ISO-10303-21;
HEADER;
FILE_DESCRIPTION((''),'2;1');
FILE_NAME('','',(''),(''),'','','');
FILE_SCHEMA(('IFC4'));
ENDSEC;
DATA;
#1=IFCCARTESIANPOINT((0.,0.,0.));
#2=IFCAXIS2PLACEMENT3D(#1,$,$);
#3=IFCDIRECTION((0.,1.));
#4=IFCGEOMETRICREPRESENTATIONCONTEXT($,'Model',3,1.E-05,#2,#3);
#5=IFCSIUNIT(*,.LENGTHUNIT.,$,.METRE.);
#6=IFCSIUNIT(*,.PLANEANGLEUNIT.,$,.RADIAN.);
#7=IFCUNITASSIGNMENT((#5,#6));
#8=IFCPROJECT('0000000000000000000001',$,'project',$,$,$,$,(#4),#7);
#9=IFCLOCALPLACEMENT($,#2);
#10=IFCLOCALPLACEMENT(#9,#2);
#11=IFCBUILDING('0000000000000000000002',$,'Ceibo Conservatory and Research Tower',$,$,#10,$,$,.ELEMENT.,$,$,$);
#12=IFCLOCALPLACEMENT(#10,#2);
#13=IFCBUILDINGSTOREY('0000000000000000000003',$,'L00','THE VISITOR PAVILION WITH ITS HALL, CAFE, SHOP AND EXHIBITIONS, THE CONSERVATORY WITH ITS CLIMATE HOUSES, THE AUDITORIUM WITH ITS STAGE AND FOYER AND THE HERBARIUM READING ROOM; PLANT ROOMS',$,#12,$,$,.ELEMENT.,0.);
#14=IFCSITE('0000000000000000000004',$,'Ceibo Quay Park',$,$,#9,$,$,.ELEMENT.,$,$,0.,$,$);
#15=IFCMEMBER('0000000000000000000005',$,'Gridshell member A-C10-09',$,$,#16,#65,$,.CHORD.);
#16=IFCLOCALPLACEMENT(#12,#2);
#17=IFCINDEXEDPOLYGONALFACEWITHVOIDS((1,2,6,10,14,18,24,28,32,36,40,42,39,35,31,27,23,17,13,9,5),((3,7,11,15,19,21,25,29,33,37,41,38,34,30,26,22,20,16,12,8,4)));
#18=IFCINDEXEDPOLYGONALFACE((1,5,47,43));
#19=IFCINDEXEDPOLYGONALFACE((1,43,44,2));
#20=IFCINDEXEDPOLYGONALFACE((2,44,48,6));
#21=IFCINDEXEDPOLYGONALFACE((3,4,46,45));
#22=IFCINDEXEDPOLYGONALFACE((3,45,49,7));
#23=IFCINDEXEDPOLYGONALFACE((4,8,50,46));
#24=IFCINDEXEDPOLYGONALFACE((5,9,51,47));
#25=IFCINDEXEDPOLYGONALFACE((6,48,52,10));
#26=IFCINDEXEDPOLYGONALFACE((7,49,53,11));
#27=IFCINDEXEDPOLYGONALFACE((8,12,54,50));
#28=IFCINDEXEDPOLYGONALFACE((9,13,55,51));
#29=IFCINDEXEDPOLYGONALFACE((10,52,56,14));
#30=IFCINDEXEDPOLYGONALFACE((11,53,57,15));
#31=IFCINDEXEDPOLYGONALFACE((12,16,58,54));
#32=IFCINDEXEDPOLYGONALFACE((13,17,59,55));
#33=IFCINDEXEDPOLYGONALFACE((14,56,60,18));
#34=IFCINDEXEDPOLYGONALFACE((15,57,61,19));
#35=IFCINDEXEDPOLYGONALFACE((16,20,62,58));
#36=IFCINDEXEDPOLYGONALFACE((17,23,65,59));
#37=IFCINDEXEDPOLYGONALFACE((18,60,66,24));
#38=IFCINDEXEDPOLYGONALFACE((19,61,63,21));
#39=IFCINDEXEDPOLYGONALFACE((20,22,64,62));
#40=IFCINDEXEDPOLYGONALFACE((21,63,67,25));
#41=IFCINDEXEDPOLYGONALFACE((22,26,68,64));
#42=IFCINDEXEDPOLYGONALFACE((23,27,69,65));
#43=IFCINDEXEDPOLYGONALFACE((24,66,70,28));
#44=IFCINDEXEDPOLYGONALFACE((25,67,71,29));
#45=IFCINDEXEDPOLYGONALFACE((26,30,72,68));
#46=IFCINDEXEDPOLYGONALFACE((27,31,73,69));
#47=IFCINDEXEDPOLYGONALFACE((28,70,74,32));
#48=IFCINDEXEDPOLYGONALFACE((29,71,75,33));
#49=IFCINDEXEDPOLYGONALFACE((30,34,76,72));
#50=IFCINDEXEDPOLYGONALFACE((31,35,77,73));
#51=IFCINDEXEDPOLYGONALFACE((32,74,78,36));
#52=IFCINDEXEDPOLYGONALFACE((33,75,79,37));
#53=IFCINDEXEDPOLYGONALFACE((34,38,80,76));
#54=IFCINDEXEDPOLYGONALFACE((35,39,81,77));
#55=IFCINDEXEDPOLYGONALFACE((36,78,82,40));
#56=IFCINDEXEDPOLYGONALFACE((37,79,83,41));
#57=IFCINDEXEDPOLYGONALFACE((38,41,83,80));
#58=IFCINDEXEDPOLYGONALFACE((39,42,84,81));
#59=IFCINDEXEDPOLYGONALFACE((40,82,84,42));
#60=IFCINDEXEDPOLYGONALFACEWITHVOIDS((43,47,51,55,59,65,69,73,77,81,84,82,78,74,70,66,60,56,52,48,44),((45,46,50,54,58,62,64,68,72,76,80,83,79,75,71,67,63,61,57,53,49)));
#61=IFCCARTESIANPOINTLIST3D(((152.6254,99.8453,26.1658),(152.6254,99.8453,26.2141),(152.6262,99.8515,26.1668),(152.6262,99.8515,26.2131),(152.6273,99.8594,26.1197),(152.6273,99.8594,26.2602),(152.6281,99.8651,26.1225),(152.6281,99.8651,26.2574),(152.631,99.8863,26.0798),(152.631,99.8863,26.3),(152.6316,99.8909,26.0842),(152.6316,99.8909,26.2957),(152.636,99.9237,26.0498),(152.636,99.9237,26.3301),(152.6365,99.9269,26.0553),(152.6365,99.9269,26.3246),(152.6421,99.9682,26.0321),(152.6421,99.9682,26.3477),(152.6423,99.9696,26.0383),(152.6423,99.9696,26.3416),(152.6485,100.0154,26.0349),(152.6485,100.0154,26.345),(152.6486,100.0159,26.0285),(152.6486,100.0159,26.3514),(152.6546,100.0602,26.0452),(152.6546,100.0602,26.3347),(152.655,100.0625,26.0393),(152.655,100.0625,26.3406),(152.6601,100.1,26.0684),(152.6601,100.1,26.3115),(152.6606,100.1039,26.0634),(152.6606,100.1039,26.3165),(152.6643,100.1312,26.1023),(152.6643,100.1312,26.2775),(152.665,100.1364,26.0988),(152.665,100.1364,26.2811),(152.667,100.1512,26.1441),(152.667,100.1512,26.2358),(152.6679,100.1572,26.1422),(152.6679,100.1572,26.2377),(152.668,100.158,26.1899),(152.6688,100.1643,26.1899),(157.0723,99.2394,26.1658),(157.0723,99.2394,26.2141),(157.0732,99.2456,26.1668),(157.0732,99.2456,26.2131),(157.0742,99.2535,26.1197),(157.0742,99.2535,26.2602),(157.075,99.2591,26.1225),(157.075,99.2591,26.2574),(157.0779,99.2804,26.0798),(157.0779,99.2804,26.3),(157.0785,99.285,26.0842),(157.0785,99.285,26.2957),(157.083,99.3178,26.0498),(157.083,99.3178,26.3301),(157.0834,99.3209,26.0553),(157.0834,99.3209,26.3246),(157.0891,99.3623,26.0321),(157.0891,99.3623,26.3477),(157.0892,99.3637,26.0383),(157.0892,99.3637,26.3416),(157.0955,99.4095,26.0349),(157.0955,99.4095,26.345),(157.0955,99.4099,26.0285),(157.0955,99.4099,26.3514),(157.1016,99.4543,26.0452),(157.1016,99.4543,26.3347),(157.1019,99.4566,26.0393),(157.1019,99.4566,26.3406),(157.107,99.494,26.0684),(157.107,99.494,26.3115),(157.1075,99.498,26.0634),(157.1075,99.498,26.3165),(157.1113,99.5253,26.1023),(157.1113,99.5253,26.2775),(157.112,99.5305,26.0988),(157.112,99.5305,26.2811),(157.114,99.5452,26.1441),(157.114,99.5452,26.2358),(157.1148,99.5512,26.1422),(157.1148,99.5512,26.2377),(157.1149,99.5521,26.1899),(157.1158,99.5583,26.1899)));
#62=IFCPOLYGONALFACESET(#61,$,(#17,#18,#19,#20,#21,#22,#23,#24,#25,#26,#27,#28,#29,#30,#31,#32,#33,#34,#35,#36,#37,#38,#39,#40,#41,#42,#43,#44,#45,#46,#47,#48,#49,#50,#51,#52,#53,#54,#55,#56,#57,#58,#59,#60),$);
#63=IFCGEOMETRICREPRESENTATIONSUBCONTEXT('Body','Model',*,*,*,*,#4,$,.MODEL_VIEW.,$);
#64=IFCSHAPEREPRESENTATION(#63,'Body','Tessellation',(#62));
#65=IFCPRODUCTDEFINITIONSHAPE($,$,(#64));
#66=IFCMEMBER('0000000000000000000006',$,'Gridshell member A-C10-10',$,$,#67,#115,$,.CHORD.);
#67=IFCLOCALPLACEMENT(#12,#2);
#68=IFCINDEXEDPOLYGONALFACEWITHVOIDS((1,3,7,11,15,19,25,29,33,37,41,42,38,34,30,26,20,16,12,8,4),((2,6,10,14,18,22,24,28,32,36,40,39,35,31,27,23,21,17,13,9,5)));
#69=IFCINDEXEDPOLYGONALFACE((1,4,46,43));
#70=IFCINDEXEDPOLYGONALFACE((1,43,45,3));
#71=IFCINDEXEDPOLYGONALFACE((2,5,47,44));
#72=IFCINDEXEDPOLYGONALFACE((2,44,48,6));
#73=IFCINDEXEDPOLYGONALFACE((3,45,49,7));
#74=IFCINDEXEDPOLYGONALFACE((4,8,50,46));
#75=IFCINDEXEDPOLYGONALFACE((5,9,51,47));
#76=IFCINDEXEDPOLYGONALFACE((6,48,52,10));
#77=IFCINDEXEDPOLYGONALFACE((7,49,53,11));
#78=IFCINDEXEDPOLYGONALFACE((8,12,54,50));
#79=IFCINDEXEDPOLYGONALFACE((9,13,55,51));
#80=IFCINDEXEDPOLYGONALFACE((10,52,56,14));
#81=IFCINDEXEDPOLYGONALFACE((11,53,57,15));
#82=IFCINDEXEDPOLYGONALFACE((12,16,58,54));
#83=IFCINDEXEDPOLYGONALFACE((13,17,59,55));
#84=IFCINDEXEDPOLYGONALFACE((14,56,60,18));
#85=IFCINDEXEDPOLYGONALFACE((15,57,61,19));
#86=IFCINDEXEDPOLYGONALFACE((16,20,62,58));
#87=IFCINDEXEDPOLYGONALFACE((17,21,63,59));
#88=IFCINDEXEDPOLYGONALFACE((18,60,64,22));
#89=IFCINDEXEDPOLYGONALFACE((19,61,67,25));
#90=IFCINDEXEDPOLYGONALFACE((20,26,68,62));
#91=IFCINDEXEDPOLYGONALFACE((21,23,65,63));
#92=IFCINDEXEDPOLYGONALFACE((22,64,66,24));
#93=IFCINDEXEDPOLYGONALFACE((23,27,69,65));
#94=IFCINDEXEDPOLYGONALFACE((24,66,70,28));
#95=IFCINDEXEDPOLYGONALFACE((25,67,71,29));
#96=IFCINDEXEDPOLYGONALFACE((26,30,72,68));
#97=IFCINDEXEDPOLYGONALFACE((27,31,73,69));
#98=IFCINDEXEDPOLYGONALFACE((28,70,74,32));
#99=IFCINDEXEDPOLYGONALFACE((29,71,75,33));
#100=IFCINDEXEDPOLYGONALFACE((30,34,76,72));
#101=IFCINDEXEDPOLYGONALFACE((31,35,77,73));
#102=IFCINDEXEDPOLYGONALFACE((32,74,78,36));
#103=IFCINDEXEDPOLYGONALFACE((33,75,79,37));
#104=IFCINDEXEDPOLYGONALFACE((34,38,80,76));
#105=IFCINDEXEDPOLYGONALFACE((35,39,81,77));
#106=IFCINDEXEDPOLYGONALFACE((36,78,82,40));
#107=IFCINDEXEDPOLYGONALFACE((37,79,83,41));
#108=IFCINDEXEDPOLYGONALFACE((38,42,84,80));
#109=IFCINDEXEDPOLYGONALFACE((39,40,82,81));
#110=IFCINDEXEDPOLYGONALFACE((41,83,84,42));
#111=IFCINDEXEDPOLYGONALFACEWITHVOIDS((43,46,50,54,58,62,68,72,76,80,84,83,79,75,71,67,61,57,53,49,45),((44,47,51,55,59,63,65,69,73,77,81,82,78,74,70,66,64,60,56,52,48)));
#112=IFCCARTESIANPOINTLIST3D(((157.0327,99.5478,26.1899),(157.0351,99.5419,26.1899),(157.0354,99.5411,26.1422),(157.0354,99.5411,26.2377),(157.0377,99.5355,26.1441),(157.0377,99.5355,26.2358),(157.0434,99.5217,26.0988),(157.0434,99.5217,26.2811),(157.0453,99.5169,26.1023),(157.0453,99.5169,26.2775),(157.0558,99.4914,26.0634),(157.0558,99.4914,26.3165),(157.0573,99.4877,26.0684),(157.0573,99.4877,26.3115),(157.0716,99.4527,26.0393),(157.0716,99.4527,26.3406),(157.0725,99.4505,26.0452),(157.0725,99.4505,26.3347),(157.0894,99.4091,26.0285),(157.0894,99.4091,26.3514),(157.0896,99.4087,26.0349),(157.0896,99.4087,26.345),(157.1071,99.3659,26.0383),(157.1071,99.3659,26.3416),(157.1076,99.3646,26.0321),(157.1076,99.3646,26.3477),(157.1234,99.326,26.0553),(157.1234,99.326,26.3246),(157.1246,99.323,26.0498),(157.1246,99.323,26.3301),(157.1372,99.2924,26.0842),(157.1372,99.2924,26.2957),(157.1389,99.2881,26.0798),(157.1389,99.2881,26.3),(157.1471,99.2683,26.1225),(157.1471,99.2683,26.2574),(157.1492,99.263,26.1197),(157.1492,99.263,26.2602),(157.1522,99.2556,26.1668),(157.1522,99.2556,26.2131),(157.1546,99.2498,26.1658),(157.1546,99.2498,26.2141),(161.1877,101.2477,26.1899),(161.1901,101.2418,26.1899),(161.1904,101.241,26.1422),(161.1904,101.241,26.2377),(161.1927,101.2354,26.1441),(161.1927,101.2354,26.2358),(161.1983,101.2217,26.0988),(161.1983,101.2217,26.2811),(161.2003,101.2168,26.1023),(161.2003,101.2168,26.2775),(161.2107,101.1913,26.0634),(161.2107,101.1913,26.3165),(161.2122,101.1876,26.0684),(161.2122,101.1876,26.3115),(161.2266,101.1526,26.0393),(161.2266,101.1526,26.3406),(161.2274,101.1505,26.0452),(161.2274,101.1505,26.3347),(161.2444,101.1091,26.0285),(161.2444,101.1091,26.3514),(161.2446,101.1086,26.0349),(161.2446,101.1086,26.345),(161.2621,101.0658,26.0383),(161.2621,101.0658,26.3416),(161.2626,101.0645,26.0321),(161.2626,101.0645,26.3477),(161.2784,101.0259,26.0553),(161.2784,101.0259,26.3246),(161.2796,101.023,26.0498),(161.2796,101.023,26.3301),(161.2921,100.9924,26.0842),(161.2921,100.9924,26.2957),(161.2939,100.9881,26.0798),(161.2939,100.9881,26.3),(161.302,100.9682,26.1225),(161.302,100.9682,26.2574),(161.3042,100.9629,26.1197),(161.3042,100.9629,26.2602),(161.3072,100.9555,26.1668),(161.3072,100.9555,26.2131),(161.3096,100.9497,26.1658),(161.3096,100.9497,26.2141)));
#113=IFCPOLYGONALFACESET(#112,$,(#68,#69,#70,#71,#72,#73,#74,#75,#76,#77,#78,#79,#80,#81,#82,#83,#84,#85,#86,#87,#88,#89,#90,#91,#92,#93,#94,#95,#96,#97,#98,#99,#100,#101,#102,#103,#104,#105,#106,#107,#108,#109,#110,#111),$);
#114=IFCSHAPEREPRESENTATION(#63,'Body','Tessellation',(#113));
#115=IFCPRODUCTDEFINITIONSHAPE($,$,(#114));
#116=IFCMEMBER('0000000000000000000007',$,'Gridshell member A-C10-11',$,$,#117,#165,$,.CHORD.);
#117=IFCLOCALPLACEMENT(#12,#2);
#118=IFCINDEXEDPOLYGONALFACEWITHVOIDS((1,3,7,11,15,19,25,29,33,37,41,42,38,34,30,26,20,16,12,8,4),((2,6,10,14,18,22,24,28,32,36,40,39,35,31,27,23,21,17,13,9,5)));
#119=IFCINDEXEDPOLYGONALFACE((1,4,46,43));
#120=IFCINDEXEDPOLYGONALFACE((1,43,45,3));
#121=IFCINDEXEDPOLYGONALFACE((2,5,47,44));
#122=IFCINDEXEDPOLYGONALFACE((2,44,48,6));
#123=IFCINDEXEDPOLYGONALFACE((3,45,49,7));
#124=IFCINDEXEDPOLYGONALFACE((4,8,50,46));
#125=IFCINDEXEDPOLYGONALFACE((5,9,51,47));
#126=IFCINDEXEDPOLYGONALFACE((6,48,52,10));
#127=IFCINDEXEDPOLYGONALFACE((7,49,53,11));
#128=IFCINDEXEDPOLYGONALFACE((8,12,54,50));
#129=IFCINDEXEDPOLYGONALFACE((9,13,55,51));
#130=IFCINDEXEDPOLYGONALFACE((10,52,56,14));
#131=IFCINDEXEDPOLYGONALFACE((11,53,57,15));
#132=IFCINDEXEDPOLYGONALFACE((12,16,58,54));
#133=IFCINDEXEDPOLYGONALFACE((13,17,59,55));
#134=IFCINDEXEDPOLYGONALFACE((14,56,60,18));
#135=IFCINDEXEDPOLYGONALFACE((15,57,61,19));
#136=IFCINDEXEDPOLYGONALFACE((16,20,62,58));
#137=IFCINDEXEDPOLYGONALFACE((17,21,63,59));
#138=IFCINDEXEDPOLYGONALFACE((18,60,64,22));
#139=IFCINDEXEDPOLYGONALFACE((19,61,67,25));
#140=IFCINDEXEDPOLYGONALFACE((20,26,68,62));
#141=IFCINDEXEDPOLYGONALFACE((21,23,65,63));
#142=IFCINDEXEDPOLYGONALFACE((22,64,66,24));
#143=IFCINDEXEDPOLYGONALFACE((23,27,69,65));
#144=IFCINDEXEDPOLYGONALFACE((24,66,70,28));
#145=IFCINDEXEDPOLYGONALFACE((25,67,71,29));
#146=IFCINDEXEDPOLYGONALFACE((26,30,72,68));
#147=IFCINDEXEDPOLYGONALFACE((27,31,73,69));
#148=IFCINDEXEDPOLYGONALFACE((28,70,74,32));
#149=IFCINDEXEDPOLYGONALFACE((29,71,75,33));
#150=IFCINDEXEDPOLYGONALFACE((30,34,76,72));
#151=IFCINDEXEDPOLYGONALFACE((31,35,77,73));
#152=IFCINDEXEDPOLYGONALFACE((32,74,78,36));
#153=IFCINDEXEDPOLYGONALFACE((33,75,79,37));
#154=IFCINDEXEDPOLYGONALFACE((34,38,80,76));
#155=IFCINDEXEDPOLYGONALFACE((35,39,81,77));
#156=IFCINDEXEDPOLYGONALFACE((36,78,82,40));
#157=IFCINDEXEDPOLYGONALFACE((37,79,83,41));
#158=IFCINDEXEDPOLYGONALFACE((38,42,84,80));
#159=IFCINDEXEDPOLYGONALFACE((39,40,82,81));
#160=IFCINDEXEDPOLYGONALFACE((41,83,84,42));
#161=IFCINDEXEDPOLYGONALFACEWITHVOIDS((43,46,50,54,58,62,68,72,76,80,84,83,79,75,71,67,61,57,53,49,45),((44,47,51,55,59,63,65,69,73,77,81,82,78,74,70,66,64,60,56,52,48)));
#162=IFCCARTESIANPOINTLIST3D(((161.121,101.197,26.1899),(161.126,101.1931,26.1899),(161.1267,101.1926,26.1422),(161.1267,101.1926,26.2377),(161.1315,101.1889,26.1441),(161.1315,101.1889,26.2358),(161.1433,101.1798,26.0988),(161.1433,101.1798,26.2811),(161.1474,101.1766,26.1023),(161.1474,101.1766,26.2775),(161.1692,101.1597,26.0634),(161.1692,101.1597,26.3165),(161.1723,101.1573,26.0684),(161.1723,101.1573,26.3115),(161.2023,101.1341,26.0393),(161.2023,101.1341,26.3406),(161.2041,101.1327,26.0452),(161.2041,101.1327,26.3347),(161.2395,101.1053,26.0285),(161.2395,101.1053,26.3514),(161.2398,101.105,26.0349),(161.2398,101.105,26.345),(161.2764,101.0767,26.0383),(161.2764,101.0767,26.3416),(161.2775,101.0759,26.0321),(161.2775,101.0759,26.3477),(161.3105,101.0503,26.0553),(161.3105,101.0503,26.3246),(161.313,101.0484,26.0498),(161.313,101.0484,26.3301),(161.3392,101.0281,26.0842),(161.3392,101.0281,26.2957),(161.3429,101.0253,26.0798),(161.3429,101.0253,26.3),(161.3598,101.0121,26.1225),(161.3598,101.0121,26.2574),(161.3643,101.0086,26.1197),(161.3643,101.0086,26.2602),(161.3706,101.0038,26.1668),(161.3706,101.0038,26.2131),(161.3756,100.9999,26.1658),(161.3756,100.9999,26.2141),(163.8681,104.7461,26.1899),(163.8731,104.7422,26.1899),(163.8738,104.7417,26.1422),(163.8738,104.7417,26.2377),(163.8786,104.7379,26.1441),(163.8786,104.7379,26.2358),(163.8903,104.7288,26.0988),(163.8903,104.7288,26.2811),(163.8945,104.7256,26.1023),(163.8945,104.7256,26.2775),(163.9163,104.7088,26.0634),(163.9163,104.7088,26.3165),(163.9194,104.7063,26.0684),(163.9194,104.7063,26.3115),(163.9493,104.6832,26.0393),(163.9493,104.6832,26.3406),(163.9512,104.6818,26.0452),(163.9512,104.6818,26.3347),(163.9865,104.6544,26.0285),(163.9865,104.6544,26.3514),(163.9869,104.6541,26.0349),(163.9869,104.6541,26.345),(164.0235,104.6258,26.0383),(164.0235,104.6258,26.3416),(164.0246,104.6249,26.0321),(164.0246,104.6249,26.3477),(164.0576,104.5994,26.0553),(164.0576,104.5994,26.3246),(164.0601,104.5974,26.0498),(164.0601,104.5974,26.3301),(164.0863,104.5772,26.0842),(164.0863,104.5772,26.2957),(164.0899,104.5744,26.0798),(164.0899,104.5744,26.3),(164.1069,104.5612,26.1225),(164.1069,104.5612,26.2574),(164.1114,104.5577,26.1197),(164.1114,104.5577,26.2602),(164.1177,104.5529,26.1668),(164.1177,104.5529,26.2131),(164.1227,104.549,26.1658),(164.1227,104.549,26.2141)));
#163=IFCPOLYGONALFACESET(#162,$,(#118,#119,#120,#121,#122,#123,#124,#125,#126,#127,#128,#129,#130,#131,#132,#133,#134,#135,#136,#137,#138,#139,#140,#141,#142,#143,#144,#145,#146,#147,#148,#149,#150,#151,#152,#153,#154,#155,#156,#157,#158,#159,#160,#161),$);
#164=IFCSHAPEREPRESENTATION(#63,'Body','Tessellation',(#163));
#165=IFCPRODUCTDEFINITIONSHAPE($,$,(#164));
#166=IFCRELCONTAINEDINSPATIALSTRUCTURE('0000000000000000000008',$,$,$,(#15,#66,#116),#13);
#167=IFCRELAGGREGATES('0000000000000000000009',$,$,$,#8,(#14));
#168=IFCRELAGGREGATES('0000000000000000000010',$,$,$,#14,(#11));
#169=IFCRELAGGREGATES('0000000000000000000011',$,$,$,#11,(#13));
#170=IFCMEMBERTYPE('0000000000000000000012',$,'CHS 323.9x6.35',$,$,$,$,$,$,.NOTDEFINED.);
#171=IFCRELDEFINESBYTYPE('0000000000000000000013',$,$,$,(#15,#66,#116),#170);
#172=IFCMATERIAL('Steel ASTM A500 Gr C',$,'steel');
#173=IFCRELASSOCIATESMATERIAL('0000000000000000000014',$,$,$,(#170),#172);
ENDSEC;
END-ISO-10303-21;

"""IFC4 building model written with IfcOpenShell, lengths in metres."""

from ifc_helpers import new_model, si_unit, direction, frame, origin, origin_2d, place, context, subcontext, project, spatial, hollow_circle, extrude, material, material_profile, profile_set, type_object, element, save


model = new_model("IFC4")

# Units and contexts
model_context = context("Model", 3, precision=1e-05, world=origin(), true_north=direction((0.0, 1.0)))
body_context = subcontext(model_context, "Body", "Model", "MODEL_VIEW")
ifc_project = project(units=[si_unit("LENGTHUNIT", "METRE"), si_unit("PLANEANGLEUNIT", "RADIAN")], contexts=[model_context])

# Site, building, storey
site_placement = place(None, origin())
site = spatial("IfcSite", under=ifc_project, at=site_placement, Name="Ceibo Quay Park", CompositionType="ELEMENT", RefElevation=0.0)
building_placement = place(site_placement, origin())
building = spatial("IfcBuilding", under=site, at=building_placement, Name="Ceibo Conservatory and Research Tower", CompositionType="ELEMENT")
storey_placement = place(building_placement, origin())
storey = spatial("IfcBuildingStorey", under=building, at=storey_placement, Name="L00", Description="THE VISITOR PAVILION WITH ITS HALL, CAFE, SHOP AND EXHIBITIONS, THE CONSERVATORY WITH ITS CLIMATE HOUSES, THE AUDITORIUM WITH ITS STAGE AND FOYER AND THE HERBARIUM READING ROOM; PLANT ROOMS", CompositionType="ELEMENT", Elevation=0.0)

# Members
ifc_material_1 = material(Name="Steel ASTM A500 Gr C", Category="steel")
ifc_material_profile_1 = material_profile(ifc_material_1, hollow_circle(Radius=0.1619, WallThickness=0.0063, at=origin_2d()), Name="CHS 323.9x6.35")
ifc_profile_set_1 = profile_set([ifc_material_profile_1], Name="Steel ASTM A500 Gr C")
member_type_1 = type_object("IfcMemberType", Name="CHS 323.9x6.35", PredefinedType="NOTDEFINED", material=ifc_profile_set_1)
member_1_placement = place(storey_placement, frame((152.647, 100.0039, 26.1899), z_axis=(0.990844, -0.135014, 0.0), x_axis=(0.135014, 0.990844, 0.0)))
element("IfcMember", 1, at=member_1_placement, inside=storey, type_object=member_type_1, Name="Gridshell member A-C10-09", PredefinedType="CHORD", context=body_context, shape_type="SweptSolid", body=[
    extrude(hollow_circle(Radius=0.1619, WallThickness=0.0063, at=origin_2d()), origin(), (0.0, 0.0, 1.0), 4.488),
])
member_2_placement = place(storey_placement, frame((157.094, 99.3979, 26.1899), z_axis=(0.925534, 0.378665, 0.0), x_axis=(-0.378665, 0.925534, 0.0)))
element("IfcMember", 2, at=member_2_placement, inside=storey, type_object=member_type_1, Name="Gridshell member A-C10-10", PredefinedType="CHORD", context=body_context, shape_type="SweptSolid", body=[
    extrude(hollow_circle(Radius=0.1619, WallThickness=0.0063, at=origin_2d()), origin(), (0.0, 0.0, 1.0), 4.4893),
])
member_3_placement = place(storey_placement, frame((161.249, 101.0979, 26.1899), z_axis=(0.61209, 0.790788, 0.0), x_axis=(-0.790788, 0.61209, 0.0)))
element("IfcMember", 3, at=member_3_placement, inside=storey, type_object=member_type_1, Name="Gridshell member A-C10-11", PredefinedType="CHORD", context=body_context, shape_type="SweptSolid", body=[
    extrude(hollow_circle(Radius=0.1619, WallThickness=0.0063, at=origin_2d()), origin(), (0.0, 0.0, 1.0), 4.488),
])

save(model, "model.ifc")
